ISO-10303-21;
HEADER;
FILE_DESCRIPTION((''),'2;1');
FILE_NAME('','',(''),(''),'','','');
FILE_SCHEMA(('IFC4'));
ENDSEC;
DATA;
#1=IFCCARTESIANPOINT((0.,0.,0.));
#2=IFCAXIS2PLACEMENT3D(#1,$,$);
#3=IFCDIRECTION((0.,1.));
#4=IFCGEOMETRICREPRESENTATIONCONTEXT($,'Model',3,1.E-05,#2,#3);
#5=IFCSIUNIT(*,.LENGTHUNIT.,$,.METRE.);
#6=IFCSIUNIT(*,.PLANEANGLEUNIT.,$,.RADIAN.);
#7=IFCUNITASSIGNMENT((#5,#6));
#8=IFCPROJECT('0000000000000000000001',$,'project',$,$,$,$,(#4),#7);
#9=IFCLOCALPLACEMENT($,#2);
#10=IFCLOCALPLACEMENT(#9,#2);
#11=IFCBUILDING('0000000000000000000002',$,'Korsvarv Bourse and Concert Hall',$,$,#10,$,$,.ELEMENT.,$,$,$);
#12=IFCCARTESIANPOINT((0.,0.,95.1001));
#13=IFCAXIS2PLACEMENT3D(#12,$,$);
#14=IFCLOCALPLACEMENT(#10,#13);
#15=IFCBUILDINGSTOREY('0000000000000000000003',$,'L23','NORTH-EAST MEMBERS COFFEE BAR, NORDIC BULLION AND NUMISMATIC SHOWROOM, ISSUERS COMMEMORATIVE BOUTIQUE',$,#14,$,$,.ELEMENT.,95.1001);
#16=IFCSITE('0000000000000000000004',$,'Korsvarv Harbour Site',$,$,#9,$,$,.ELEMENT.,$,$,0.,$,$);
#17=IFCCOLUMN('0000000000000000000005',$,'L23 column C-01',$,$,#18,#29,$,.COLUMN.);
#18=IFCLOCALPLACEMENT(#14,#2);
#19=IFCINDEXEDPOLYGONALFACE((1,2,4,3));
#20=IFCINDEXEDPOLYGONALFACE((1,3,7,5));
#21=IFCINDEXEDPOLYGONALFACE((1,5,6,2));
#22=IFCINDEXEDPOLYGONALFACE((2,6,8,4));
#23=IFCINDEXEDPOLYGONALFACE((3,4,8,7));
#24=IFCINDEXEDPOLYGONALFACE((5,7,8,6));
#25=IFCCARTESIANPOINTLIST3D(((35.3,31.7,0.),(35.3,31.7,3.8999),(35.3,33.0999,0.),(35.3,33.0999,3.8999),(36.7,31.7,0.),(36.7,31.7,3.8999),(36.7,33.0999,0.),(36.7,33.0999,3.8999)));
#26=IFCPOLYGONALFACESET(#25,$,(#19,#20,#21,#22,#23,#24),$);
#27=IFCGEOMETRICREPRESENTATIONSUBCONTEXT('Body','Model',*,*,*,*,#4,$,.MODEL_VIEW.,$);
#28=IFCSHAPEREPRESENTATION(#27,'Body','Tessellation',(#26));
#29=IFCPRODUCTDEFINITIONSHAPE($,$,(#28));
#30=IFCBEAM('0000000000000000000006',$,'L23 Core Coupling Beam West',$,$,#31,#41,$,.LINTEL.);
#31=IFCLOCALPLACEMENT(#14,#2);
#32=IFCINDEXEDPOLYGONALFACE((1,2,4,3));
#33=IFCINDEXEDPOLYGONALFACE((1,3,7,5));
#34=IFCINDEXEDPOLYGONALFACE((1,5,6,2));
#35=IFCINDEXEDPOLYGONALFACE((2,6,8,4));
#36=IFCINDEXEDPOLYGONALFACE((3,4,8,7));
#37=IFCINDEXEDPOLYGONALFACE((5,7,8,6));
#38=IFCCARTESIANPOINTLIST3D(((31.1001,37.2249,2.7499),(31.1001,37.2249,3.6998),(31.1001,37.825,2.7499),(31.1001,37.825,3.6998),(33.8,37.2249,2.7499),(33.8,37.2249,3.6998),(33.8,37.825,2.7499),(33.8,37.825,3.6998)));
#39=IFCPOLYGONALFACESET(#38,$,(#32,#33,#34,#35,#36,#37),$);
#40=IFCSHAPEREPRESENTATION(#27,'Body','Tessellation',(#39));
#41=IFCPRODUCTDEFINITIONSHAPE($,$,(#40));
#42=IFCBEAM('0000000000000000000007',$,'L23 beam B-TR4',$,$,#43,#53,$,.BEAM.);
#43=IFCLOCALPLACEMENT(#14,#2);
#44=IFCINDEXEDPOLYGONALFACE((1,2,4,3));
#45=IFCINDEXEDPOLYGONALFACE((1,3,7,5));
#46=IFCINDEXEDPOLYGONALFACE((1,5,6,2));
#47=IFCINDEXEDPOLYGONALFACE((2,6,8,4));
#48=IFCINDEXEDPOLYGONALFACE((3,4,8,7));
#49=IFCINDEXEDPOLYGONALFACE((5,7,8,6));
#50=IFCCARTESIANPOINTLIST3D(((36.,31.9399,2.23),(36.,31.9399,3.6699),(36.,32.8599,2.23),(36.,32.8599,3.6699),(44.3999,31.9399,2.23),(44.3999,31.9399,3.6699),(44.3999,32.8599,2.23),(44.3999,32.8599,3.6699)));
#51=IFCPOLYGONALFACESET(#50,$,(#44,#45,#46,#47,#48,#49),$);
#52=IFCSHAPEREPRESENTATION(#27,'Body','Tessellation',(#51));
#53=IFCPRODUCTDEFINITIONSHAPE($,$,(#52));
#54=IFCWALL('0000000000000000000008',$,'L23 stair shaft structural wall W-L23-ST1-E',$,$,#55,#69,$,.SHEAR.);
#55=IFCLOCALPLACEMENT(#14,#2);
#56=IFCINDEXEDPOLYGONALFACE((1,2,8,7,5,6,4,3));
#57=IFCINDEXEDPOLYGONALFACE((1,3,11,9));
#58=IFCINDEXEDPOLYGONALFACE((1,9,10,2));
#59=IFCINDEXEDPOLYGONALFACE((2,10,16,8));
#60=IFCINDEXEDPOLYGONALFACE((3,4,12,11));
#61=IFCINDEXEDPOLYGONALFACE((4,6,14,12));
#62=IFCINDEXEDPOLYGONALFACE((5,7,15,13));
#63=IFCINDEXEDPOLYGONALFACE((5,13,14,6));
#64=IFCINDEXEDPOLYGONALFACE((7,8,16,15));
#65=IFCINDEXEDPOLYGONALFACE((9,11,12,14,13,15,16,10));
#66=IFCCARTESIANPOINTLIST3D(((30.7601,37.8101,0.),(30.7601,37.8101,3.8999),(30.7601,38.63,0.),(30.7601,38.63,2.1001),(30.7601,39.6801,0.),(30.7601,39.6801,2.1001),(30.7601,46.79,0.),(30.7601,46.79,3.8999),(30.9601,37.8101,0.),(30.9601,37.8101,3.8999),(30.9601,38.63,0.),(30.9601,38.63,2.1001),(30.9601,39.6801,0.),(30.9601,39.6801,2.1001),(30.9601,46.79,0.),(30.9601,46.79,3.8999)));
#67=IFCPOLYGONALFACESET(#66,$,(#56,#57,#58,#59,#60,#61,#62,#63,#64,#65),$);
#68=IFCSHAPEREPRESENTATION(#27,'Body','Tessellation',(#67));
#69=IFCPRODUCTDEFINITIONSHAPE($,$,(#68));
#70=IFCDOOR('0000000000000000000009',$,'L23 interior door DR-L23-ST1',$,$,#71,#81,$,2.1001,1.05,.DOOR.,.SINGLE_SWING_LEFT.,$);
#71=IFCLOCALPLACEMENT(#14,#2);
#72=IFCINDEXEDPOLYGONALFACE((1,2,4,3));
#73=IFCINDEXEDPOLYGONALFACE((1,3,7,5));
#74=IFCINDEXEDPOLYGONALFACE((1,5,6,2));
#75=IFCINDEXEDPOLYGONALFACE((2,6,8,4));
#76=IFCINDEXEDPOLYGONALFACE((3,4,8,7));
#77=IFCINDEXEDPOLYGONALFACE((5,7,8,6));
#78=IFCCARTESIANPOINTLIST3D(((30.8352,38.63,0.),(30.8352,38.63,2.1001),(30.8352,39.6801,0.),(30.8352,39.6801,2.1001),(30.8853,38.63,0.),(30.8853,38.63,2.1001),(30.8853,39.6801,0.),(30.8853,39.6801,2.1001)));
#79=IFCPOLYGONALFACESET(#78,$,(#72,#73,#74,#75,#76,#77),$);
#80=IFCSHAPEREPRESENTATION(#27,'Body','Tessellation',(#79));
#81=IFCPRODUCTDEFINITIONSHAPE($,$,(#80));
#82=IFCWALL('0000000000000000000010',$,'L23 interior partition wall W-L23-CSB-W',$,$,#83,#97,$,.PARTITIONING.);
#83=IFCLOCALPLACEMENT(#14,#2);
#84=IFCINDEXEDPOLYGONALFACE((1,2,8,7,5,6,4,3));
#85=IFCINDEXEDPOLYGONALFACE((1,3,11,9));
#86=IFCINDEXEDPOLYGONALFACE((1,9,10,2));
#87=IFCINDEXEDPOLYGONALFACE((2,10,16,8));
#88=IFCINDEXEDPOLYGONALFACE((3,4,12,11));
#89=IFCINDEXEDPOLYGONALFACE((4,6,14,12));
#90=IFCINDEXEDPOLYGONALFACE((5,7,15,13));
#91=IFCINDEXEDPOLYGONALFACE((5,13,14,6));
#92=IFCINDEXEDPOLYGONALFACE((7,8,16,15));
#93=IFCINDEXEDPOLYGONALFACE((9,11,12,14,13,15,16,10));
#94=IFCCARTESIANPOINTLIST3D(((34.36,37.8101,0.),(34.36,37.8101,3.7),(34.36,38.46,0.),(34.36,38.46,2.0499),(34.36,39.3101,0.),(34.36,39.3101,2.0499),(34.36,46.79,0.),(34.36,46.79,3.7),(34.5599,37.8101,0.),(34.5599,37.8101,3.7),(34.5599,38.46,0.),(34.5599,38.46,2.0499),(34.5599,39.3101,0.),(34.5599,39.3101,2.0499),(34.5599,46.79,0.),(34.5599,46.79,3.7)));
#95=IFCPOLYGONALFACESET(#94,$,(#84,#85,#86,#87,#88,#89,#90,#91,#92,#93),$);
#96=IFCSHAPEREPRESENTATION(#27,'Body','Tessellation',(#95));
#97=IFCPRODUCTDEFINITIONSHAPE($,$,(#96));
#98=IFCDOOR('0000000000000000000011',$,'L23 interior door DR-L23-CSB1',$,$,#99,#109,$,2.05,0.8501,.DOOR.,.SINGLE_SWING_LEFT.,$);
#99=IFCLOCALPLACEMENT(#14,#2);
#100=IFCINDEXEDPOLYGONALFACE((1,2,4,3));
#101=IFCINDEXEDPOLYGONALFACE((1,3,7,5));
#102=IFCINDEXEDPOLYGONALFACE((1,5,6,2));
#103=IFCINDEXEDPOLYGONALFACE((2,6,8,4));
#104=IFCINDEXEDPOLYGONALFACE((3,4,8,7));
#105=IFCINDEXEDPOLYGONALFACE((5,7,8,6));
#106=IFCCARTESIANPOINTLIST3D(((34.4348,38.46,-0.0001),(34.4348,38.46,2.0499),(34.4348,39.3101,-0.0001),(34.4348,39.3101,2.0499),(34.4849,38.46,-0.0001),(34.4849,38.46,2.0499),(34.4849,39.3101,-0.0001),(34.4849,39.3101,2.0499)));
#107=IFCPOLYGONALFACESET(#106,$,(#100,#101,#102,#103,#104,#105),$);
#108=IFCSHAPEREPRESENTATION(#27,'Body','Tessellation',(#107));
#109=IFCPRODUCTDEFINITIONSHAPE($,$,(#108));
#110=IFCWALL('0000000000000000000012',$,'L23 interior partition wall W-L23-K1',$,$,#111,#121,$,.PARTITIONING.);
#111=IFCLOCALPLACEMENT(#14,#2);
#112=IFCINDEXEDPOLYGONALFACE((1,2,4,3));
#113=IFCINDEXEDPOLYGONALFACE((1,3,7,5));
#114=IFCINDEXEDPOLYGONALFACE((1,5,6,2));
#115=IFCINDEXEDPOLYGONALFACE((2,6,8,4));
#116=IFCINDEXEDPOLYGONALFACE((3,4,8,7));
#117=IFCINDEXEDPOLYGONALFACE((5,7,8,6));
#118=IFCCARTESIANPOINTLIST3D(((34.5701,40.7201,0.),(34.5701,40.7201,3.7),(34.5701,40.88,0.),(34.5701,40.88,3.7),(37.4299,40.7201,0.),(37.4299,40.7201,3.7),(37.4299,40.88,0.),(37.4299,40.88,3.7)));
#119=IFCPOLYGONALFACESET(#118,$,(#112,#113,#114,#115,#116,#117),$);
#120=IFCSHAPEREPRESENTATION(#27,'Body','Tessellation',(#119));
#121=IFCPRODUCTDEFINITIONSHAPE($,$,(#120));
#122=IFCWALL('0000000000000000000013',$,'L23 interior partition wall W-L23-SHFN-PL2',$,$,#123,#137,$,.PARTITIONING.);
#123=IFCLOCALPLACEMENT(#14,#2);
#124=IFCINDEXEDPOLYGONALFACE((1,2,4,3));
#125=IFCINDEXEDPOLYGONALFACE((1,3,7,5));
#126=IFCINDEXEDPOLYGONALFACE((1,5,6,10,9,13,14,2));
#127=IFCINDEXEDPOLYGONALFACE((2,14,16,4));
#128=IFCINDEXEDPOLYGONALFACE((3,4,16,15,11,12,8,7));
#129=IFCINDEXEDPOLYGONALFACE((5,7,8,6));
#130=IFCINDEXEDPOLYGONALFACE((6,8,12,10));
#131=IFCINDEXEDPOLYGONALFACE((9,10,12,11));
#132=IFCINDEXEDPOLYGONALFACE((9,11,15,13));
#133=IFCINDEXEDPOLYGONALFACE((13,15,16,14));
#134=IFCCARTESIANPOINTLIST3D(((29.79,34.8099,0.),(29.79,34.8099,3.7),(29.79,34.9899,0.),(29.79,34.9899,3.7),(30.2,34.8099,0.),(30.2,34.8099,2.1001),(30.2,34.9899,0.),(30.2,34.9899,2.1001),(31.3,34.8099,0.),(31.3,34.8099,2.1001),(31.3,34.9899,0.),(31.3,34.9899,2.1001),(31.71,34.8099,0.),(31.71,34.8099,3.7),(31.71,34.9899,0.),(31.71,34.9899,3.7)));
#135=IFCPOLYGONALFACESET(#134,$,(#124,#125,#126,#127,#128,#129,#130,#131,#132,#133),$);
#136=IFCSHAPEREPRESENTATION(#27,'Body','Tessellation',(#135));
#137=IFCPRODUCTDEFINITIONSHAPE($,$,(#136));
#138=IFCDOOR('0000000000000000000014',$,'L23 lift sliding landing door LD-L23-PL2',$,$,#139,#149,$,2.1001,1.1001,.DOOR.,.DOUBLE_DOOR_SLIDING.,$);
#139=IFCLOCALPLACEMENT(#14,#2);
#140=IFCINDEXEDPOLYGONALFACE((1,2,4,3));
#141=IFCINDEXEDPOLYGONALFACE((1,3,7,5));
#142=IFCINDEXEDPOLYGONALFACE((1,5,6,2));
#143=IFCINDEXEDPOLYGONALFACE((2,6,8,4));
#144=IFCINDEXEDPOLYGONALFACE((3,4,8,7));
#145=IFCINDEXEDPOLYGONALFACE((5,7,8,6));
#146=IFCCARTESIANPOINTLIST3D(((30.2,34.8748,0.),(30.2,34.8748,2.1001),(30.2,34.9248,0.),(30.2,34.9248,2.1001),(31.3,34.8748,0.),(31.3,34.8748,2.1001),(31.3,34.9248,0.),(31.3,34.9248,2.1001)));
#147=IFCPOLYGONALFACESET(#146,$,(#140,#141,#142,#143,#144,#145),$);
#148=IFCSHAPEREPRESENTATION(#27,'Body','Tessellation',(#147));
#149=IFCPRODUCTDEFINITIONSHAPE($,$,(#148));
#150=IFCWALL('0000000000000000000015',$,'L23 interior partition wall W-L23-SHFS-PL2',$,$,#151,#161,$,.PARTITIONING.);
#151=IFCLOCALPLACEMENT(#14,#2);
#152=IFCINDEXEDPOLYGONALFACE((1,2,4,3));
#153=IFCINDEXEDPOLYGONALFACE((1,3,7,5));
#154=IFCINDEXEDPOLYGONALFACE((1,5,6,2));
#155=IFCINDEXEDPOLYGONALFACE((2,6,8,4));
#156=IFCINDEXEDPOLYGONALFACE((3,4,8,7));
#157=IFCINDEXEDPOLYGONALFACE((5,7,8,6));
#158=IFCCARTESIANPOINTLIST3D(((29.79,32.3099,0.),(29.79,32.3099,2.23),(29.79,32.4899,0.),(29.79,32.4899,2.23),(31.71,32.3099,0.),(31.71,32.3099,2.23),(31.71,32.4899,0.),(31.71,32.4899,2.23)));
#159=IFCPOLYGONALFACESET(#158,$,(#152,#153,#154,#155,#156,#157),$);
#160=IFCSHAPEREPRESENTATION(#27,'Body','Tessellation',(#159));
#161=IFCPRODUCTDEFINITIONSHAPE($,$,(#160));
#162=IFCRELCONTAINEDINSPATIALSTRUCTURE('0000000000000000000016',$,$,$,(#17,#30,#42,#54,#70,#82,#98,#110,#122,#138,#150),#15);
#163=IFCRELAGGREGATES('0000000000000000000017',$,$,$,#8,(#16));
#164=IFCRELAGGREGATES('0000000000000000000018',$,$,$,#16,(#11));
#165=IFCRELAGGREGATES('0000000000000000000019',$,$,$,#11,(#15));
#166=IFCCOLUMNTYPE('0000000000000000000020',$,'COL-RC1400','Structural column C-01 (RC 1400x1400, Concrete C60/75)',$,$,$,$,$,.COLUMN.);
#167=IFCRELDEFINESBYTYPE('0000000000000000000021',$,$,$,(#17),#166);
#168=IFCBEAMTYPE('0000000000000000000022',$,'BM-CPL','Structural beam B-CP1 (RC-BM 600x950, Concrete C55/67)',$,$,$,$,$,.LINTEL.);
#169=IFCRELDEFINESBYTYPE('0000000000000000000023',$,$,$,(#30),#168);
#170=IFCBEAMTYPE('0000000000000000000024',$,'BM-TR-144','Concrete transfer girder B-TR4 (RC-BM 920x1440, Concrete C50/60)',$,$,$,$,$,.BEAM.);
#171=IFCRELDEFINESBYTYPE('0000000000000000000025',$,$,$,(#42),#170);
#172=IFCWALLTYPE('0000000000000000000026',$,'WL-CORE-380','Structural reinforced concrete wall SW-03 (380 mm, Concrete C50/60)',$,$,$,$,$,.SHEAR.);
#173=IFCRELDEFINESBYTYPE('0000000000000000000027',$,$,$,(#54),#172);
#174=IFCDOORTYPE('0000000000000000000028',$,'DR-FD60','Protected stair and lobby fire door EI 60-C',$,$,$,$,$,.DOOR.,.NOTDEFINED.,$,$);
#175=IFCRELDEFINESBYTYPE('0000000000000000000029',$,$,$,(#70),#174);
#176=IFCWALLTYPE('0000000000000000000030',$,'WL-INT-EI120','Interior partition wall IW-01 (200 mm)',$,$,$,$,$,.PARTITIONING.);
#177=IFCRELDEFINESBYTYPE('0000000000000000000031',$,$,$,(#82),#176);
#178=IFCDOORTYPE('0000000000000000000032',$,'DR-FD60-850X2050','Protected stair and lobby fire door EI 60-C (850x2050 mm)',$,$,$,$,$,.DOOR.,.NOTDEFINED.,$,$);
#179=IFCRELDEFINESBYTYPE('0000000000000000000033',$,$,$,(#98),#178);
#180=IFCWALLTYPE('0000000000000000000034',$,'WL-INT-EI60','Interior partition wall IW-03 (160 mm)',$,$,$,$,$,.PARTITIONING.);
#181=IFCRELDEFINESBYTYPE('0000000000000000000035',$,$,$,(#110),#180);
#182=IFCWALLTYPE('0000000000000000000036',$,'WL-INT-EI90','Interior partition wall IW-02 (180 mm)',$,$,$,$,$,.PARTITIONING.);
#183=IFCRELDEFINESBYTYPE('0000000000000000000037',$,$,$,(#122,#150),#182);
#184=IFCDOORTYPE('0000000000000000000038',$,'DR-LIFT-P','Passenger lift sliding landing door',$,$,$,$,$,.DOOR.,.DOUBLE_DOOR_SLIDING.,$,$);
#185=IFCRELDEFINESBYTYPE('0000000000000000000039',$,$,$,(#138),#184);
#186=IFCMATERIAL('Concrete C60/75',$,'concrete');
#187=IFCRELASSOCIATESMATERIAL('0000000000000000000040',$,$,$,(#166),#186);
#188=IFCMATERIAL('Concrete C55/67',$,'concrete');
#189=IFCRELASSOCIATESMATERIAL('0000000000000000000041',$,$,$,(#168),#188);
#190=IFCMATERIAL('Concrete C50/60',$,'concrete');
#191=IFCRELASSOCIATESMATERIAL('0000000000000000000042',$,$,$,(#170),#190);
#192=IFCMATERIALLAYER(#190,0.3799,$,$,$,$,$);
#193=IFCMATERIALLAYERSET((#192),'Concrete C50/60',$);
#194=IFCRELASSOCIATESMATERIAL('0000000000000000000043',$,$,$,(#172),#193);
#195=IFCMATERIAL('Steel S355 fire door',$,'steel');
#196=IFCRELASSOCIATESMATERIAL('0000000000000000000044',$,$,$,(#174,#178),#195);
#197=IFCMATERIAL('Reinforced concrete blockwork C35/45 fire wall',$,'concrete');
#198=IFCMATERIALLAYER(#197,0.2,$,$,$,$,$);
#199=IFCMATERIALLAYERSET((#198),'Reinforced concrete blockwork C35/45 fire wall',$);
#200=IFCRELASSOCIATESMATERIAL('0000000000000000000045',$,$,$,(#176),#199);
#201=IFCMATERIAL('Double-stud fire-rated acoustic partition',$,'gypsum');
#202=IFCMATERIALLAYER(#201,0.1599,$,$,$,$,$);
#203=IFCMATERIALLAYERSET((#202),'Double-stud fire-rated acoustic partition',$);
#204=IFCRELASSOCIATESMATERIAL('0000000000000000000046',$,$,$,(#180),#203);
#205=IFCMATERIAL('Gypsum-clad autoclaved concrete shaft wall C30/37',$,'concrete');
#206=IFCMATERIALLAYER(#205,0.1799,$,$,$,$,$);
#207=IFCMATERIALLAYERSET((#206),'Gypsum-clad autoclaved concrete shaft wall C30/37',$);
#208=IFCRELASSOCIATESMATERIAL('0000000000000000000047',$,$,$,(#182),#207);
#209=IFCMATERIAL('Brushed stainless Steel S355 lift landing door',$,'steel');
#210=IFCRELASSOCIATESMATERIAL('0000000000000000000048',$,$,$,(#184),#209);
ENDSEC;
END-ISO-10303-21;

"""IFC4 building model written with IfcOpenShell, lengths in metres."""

from ifc_helpers import new_model, si_unit, direction, frame, frame_2d, origin, origin_2d, place, context, subcontext, project, spatial, rectangle, extrude, source, transform, mapped, material, layer, layer_set, material_profile, profile_set, type_object, element, fill, save


model = new_model("IFC4")

# Units and contexts
model_context = context("Model", 3, precision=1e-05, world=origin(), true_north=direction((0.0, 1.0)))
body_context = subcontext(model_context, "Body", "Model", "MODEL_VIEW")
ifc_project = project(units=[si_unit("LENGTHUNIT", "METRE"), si_unit("PLANEANGLEUNIT", "RADIAN")], contexts=[model_context])

# Site, building, storey
site_placement = place(None, origin())
site = spatial("IfcSite", under=ifc_project, at=site_placement, Name="Korsvarv Harbour Site", CompositionType="ELEMENT", RefElevation=0.0)
building_placement = place(site_placement, origin())
building = spatial("IfcBuilding", under=site, at=building_placement, Name="Korsvarv Bourse and Concert Hall", CompositionType="ELEMENT")
storey_placement = place(building_placement, frame((0.0, 0.0, 95.1001)))
storey = spatial("IfcBuildingStorey", under=building, at=storey_placement, Name="L23", Description="NORTH-EAST MEMBERS COFFEE BAR, NORDIC BULLION AND NUMISMATIC SHOWROOM, ISSUERS COMMEMORATIVE BOUTIQUE", CompositionType="ELEMENT", Elevation=95.1001)

# Column
ifc_material_1 = material(Name="Concrete C60/75", Category="concrete")
ifc_material_profile_1 = material_profile(ifc_material_1, rectangle(XDim=1.3999, YDim=1.3999, at=origin_2d()), Name="RC 1400x1400")
ifc_profile_set_1 = profile_set([ifc_material_profile_1], Name="Concrete C60/75")
column_type = type_object("IfcColumnType", Name="COL-RC1400", Description="Structural column C-01 (RC 1400x1400, Concrete C60/75)", PredefinedType="COLUMN", material=ifc_profile_set_1)
shared_shape_1 = source(origin(), body_context, "Body", "SweptSolid", [
    extrude(rectangle(XDim=1.3999, YDim=1.3999, at=origin_2d()), origin(), (0.0, 0.0, 1.0), 3.8999),
])
column_placement = place(storey_placement, frame((36.0, 32.3999, 0.0), z_axis=(0.0, 0.0, 1.0), x_axis=(1.0, 0.0, 0.0)))
element("IfcColumn", 1, at=column_placement, inside=storey, type_object=column_type, Name="L23 column C-01", PredefinedType="COLUMN", context=body_context, shape_type="MappedRepresentation", body=[
    mapped(shared_shape_1, transform((0.0, 0.0, 0.0), scale=1.0)),
])

# Beams
ifc_material_2 = material(Name="Concrete C55/67", Category="concrete")
ifc_material_profile_2 = material_profile(ifc_material_2, rectangle(XDim=0.6001, YDim=0.95, at=origin_2d()), Name="RC-BM 600x950")
ifc_profile_set_2 = profile_set([ifc_material_profile_2], Name="Concrete C55/67")
beam_type_1 = type_object("IfcBeamType", Name="BM-CPL", Description="Structural beam B-CP1 (RC-BM 600x950, Concrete C55/67)", PredefinedType="LINTEL", material=ifc_profile_set_2)
shared_shape_2 = source(origin(), body_context, "Body", "SweptSolid", [
    extrude(rectangle(XDim=0.6001, YDim=0.95, at=origin_2d()), origin(), (0.0, 0.0, 1.0), 2.7),
])
beam_1_placement = place(storey_placement, frame((31.1001, 37.5249, 3.2249), z_axis=(1.0, 0.0, 0.0), x_axis=(0.0, 1.0, 0.0)))
element("IfcBeam", 2, at=beam_1_placement, inside=storey, type_object=beam_type_1, Name="L23 Core Coupling Beam West", PredefinedType="LINTEL", context=body_context, shape_type="MappedRepresentation", body=[
    mapped(shared_shape_2, transform((0.0, 0.0, 0.0), scale=1.0)),
])
ifc_material_3 = material(Name="Concrete C50/60", Category="concrete")
ifc_material_profile_3 = material_profile(ifc_material_3, rectangle(XDim=0.9199, YDim=1.4399, at=origin_2d()), Name="RC-BM 920x1440")
ifc_profile_set_3 = profile_set([ifc_material_profile_3], Name="Concrete C50/60")
beam_type_2 = type_object("IfcBeamType", Name="BM-TR-144", Description="Concrete transfer girder B-TR4 (RC-BM 920x1440, Concrete C50/60)", PredefinedType="BEAM", material=ifc_profile_set_3)
shared_shape_3 = source(origin(), body_context, "Body", "SweptSolid", [
    extrude(rectangle(XDim=0.9199, YDim=1.4399, at=origin_2d()), origin(), (0.0, 0.0, 1.0), 8.3999),
])
beam_2_placement = place(storey_placement, frame((36.0, 32.3999, 2.95), z_axis=(1.0, 0.0, 0.0), x_axis=(0.0, 1.0, 0.0)))
element("IfcBeam", 3, at=beam_2_placement, inside=storey, type_object=beam_type_2, Name="L23 beam B-TR4", PredefinedType="BEAM", context=body_context, shape_type="MappedRepresentation", body=[
    mapped(shared_shape_3, transform((0.0, 0.0, 0.0), scale=1.0)),
])

# Walls, openings, doors
ifc_layer_1 = layer(ifc_material_3, 0.3799)
ifc_layer_set_1 = layer_set([ifc_layer_1], Name="Concrete C50/60")
wall_type_1 = type_object("IfcWallType", Name="WL-CORE-380", Description="Structural reinforced concrete wall SW-03 (380 mm, Concrete C50/60)", PredefinedType="SHEAR", material=ifc_layer_set_1)
wall_1_placement = place(storey_placement, frame((30.8601, 37.8101, 0.0), z_axis=(0.0, 0.0, 1.0), x_axis=(0.0, 1.0, 0.0)))
wall_1 = element("IfcWall", 4, at=wall_1_placement, inside=storey, type_object=wall_type_1, Name="L23 stair shaft structural wall W-L23-ST1-E", PredefinedType="SHEAR", context=body_context, shape_type="SweptSolid", body=[
    extrude(rectangle(XDim=8.98, YDim=0.2, at=frame_2d((4.49, 0.0))), origin(), (0.0, 0.0, 1.0), 3.8999),
])
opening_1_placement = place(wall_1_placement, frame((0.8201, 0.0, 0.0)))
opening_1 = element("IfcOpeningElement", 5, at=opening_1_placement, cuts=wall_1, PredefinedType="OPENING", context=body_context, shape_type="SweptSolid", body=[
    extrude(rectangle(XDim=1.05, YDim=2.1001, at=frame_2d((0.5249, 1.05))), frame((0.0, 0.1099, 0.0), z_axis=(0.0, -1.0, 0.0), x_axis=(1.0, 0.0, 0.0)), (0.0, 0.0, 1.0), 0.22),
])
ifc_material_4 = material(Name="Steel S355 fire door", Category="steel")
door_type_1 = type_object("IfcDoorType", Name="DR-FD60", Description="Protected stair and lobby fire door EI 60-C", OperationType="NOTDEFINED", PredefinedType="DOOR", material=ifc_material_4)
door_1_placement = place(opening_1_placement, origin())
door_1 = element("IfcDoor", 6, at=door_1_placement, inside=storey, type_object=door_type_1, Name="L23 interior door DR-L23-ST1", OperationType="SINGLE_SWING_LEFT", OverallHeight=2.1001, OverallWidth=1.05, PredefinedType="DOOR", context=body_context, shape_type="SweptSolid", body=[
    extrude(rectangle(XDim=1.05, YDim=2.1001, at=frame_2d((0.5249, 1.05))), frame((0.0, 0.0249, 0.0), z_axis=(0.0, -1.0, 0.0), x_axis=(1.0, 0.0, 0.0)), (0.0, 0.0, 1.0), 0.05),
])
fill(opening_1, door_1)
ifc_material_5 = material(Name="Reinforced concrete blockwork C35/45 fire wall", Category="concrete")
ifc_layer_2 = layer(ifc_material_5, 0.2)
ifc_layer_set_2 = layer_set([ifc_layer_2], Name="Reinforced concrete blockwork C35/45 fire wall")
wall_type_2 = type_object("IfcWallType", Name="WL-INT-EI120", Description="Interior partition wall IW-01 (200 mm)", PredefinedType="PARTITIONING", material=ifc_layer_set_2)
wall_2_placement = place(storey_placement, frame((34.46, 37.8101, 0.0), z_axis=(0.0, 0.0, 1.0), x_axis=(0.0, 1.0, 0.0)))
wall_2 = element("IfcWall", 7, at=wall_2_placement, inside=storey, type_object=wall_type_2, Name="L23 interior partition wall W-L23-CSB-W", PredefinedType="PARTITIONING", context=body_context, shape_type="SweptSolid", body=[
    extrude(rectangle(XDim=8.98, YDim=0.2, at=frame_2d((4.49, 0.0))), origin(), (0.0, 0.0, 1.0), 3.7),
])
opening_2_placement = place(wall_2_placement, frame((0.6499, 0.0, 0.0)))
opening_2 = element("IfcOpeningElement", 8, at=opening_2_placement, cuts=wall_2, PredefinedType="OPENING", context=body_context, shape_type="SweptSolid", body=[
    extrude(rectangle(XDim=0.8501, YDim=2.05, at=frame_2d((0.425, 1.0249))), frame((0.0, 0.1099, 0.0), z_axis=(0.0, -1.0, 0.0), x_axis=(1.0, 0.0, 0.0)), (0.0, 0.0, 1.0), 0.22),
])
door_type_2 = type_object("IfcDoorType", Name="DR-FD60-850X2050", Description="Protected stair and lobby fire door EI 60-C (850x2050 mm)", OperationType="NOTDEFINED", PredefinedType="DOOR", material=ifc_material_4)
door_2_placement = place(opening_2_placement, frame((0.8501, 0.0, 0.0), z_axis=(0.0, 0.0, 1.0), x_axis=(-1.0, 0.0, 0.0)))
door_2 = element("IfcDoor", 9, at=door_2_placement, inside=storey, type_object=door_type_2, Name="L23 interior door DR-L23-CSB1", OperationType="SINGLE_SWING_LEFT", OverallHeight=2.05, OverallWidth=0.8501, PredefinedType="DOOR", context=body_context, shape_type="SweptSolid", body=[
    extrude(rectangle(XDim=0.8501, YDim=2.05, at=frame_2d((0.425, 1.0249))), frame((0.0, 0.0249, 0.0), z_axis=(0.0, -1.0, 0.0), x_axis=(1.0, 0.0, 0.0)), (0.0, 0.0, 1.0), 0.05),
])
fill(opening_2, door_2)

# Wall
ifc_material_6 = material(Name="Double-stud fire-rated acoustic partition", Category="gypsum")
ifc_layer_3 = layer(ifc_material_6, 0.1599)
ifc_layer_set_3 = layer_set([ifc_layer_3], Name="Double-stud fire-rated acoustic partition")
wall_type_3 = type_object("IfcWallType", Name="WL-INT-EI60", Description="Interior partition wall IW-03 (160 mm)", PredefinedType="PARTITIONING", material=ifc_layer_set_3)
wall_3_placement = place(storey_placement, frame((34.5701, 40.8, 0.0), z_axis=(0.0, 0.0, 1.0), x_axis=(1.0, 0.0, 0.0)))
element("IfcWall", 10, at=wall_3_placement, inside=storey, type_object=wall_type_3, Name="L23 interior partition wall W-L23-K1", PredefinedType="PARTITIONING", context=body_context, shape_type="SweptSolid", body=[
    extrude(rectangle(XDim=2.8599, YDim=0.1599, at=frame_2d((1.4299, 0.0))), origin(), (0.0, 0.0, 1.0), 3.7),
])

# Wall, opening, door
ifc_material_7 = material(Name="Gypsum-clad autoclaved concrete shaft wall C30/37", Category="concrete")
ifc_layer_4 = layer(ifc_material_7, 0.1799)
ifc_layer_set_4 = layer_set([ifc_layer_4], Name="Gypsum-clad autoclaved concrete shaft wall C30/37")
wall_type_4 = type_object("IfcWallType", Name="WL-INT-EI90", Description="Interior partition wall IW-02 (180 mm)", PredefinedType="PARTITIONING", material=ifc_layer_set_4)
wall_4_placement = place(storey_placement, frame((29.79, 34.8999, 0.0), z_axis=(0.0, 0.0, 1.0), x_axis=(1.0, 0.0, 0.0)))
wall_4 = element("IfcWall", 11, at=wall_4_placement, inside=storey, type_object=wall_type_4, Name="L23 interior partition wall W-L23-SHFN-PL2", PredefinedType="PARTITIONING", context=body_context, shape_type="SweptSolid", body=[
    extrude(rectangle(XDim=1.9199, YDim=0.1799, at=frame_2d((0.96, 0.0))), origin(), (0.0, 0.0, 1.0), 3.7),
])
opening_3_placement = place(wall_4_placement, frame((0.4099, 0.0, 0.0)))
opening_3 = element("IfcOpeningElement", 12, at=opening_3_placement, cuts=wall_4, PredefinedType="OPENING", context=body_context, shape_type="SweptSolid", body=[
    extrude(rectangle(XDim=1.1001, YDim=2.1001, at=frame_2d((0.55, 1.05))), frame((0.0, 0.1001, 0.0), z_axis=(0.0, -1.0, 0.0), x_axis=(1.0, 0.0, 0.0)), (0.0, 0.0, 1.0), 0.2),
])
ifc_material_8 = material(Name="Brushed stainless Steel S355 lift landing door", Category="steel")
door_type_3 = type_object("IfcDoorType", Name="DR-LIFT-P", Description="Passenger lift sliding landing door", OperationType="DOUBLE_DOOR_SLIDING", PredefinedType="DOOR", material=ifc_material_8)
door_3_placement = place(opening_3_placement, origin())
door_3 = element("IfcDoor", 13, at=door_3_placement, inside=storey, type_object=door_type_3, Name="L23 lift sliding landing door LD-L23-PL2", OperationType="DOUBLE_DOOR_SLIDING", OverallHeight=2.1001, OverallWidth=1.1001, PredefinedType="DOOR", context=body_context, shape_type="SweptSolid", body=[
    extrude(rectangle(XDim=1.1001, YDim=2.1001, at=frame_2d((0.55, 1.05))), frame((0.0, 0.0249, 0.0), z_axis=(0.0, -1.0, 0.0), x_axis=(1.0, 0.0, 0.0)), (0.0, 0.0, 1.0), 0.05),
])
fill(opening_3, door_3)

# Wall
wall_5_placement = place(storey_placement, frame((29.79, 32.3999, 0.0), z_axis=(0.0, 0.0, 1.0), x_axis=(1.0, 0.0, 0.0)))
element("IfcWall", 14, at=wall_5_placement, inside=storey, type_object=wall_type_4, Name="L23 interior partition wall W-L23-SHFS-PL2", PredefinedType="PARTITIONING", context=body_context, shape_type="SweptSolid", body=[
    extrude(rectangle(XDim=1.9199, YDim=0.1799, at=frame_2d((0.96, 0.0))), origin(), (0.0, 0.0, 1.0), 2.23),
])

save(model, "model.ifc")
